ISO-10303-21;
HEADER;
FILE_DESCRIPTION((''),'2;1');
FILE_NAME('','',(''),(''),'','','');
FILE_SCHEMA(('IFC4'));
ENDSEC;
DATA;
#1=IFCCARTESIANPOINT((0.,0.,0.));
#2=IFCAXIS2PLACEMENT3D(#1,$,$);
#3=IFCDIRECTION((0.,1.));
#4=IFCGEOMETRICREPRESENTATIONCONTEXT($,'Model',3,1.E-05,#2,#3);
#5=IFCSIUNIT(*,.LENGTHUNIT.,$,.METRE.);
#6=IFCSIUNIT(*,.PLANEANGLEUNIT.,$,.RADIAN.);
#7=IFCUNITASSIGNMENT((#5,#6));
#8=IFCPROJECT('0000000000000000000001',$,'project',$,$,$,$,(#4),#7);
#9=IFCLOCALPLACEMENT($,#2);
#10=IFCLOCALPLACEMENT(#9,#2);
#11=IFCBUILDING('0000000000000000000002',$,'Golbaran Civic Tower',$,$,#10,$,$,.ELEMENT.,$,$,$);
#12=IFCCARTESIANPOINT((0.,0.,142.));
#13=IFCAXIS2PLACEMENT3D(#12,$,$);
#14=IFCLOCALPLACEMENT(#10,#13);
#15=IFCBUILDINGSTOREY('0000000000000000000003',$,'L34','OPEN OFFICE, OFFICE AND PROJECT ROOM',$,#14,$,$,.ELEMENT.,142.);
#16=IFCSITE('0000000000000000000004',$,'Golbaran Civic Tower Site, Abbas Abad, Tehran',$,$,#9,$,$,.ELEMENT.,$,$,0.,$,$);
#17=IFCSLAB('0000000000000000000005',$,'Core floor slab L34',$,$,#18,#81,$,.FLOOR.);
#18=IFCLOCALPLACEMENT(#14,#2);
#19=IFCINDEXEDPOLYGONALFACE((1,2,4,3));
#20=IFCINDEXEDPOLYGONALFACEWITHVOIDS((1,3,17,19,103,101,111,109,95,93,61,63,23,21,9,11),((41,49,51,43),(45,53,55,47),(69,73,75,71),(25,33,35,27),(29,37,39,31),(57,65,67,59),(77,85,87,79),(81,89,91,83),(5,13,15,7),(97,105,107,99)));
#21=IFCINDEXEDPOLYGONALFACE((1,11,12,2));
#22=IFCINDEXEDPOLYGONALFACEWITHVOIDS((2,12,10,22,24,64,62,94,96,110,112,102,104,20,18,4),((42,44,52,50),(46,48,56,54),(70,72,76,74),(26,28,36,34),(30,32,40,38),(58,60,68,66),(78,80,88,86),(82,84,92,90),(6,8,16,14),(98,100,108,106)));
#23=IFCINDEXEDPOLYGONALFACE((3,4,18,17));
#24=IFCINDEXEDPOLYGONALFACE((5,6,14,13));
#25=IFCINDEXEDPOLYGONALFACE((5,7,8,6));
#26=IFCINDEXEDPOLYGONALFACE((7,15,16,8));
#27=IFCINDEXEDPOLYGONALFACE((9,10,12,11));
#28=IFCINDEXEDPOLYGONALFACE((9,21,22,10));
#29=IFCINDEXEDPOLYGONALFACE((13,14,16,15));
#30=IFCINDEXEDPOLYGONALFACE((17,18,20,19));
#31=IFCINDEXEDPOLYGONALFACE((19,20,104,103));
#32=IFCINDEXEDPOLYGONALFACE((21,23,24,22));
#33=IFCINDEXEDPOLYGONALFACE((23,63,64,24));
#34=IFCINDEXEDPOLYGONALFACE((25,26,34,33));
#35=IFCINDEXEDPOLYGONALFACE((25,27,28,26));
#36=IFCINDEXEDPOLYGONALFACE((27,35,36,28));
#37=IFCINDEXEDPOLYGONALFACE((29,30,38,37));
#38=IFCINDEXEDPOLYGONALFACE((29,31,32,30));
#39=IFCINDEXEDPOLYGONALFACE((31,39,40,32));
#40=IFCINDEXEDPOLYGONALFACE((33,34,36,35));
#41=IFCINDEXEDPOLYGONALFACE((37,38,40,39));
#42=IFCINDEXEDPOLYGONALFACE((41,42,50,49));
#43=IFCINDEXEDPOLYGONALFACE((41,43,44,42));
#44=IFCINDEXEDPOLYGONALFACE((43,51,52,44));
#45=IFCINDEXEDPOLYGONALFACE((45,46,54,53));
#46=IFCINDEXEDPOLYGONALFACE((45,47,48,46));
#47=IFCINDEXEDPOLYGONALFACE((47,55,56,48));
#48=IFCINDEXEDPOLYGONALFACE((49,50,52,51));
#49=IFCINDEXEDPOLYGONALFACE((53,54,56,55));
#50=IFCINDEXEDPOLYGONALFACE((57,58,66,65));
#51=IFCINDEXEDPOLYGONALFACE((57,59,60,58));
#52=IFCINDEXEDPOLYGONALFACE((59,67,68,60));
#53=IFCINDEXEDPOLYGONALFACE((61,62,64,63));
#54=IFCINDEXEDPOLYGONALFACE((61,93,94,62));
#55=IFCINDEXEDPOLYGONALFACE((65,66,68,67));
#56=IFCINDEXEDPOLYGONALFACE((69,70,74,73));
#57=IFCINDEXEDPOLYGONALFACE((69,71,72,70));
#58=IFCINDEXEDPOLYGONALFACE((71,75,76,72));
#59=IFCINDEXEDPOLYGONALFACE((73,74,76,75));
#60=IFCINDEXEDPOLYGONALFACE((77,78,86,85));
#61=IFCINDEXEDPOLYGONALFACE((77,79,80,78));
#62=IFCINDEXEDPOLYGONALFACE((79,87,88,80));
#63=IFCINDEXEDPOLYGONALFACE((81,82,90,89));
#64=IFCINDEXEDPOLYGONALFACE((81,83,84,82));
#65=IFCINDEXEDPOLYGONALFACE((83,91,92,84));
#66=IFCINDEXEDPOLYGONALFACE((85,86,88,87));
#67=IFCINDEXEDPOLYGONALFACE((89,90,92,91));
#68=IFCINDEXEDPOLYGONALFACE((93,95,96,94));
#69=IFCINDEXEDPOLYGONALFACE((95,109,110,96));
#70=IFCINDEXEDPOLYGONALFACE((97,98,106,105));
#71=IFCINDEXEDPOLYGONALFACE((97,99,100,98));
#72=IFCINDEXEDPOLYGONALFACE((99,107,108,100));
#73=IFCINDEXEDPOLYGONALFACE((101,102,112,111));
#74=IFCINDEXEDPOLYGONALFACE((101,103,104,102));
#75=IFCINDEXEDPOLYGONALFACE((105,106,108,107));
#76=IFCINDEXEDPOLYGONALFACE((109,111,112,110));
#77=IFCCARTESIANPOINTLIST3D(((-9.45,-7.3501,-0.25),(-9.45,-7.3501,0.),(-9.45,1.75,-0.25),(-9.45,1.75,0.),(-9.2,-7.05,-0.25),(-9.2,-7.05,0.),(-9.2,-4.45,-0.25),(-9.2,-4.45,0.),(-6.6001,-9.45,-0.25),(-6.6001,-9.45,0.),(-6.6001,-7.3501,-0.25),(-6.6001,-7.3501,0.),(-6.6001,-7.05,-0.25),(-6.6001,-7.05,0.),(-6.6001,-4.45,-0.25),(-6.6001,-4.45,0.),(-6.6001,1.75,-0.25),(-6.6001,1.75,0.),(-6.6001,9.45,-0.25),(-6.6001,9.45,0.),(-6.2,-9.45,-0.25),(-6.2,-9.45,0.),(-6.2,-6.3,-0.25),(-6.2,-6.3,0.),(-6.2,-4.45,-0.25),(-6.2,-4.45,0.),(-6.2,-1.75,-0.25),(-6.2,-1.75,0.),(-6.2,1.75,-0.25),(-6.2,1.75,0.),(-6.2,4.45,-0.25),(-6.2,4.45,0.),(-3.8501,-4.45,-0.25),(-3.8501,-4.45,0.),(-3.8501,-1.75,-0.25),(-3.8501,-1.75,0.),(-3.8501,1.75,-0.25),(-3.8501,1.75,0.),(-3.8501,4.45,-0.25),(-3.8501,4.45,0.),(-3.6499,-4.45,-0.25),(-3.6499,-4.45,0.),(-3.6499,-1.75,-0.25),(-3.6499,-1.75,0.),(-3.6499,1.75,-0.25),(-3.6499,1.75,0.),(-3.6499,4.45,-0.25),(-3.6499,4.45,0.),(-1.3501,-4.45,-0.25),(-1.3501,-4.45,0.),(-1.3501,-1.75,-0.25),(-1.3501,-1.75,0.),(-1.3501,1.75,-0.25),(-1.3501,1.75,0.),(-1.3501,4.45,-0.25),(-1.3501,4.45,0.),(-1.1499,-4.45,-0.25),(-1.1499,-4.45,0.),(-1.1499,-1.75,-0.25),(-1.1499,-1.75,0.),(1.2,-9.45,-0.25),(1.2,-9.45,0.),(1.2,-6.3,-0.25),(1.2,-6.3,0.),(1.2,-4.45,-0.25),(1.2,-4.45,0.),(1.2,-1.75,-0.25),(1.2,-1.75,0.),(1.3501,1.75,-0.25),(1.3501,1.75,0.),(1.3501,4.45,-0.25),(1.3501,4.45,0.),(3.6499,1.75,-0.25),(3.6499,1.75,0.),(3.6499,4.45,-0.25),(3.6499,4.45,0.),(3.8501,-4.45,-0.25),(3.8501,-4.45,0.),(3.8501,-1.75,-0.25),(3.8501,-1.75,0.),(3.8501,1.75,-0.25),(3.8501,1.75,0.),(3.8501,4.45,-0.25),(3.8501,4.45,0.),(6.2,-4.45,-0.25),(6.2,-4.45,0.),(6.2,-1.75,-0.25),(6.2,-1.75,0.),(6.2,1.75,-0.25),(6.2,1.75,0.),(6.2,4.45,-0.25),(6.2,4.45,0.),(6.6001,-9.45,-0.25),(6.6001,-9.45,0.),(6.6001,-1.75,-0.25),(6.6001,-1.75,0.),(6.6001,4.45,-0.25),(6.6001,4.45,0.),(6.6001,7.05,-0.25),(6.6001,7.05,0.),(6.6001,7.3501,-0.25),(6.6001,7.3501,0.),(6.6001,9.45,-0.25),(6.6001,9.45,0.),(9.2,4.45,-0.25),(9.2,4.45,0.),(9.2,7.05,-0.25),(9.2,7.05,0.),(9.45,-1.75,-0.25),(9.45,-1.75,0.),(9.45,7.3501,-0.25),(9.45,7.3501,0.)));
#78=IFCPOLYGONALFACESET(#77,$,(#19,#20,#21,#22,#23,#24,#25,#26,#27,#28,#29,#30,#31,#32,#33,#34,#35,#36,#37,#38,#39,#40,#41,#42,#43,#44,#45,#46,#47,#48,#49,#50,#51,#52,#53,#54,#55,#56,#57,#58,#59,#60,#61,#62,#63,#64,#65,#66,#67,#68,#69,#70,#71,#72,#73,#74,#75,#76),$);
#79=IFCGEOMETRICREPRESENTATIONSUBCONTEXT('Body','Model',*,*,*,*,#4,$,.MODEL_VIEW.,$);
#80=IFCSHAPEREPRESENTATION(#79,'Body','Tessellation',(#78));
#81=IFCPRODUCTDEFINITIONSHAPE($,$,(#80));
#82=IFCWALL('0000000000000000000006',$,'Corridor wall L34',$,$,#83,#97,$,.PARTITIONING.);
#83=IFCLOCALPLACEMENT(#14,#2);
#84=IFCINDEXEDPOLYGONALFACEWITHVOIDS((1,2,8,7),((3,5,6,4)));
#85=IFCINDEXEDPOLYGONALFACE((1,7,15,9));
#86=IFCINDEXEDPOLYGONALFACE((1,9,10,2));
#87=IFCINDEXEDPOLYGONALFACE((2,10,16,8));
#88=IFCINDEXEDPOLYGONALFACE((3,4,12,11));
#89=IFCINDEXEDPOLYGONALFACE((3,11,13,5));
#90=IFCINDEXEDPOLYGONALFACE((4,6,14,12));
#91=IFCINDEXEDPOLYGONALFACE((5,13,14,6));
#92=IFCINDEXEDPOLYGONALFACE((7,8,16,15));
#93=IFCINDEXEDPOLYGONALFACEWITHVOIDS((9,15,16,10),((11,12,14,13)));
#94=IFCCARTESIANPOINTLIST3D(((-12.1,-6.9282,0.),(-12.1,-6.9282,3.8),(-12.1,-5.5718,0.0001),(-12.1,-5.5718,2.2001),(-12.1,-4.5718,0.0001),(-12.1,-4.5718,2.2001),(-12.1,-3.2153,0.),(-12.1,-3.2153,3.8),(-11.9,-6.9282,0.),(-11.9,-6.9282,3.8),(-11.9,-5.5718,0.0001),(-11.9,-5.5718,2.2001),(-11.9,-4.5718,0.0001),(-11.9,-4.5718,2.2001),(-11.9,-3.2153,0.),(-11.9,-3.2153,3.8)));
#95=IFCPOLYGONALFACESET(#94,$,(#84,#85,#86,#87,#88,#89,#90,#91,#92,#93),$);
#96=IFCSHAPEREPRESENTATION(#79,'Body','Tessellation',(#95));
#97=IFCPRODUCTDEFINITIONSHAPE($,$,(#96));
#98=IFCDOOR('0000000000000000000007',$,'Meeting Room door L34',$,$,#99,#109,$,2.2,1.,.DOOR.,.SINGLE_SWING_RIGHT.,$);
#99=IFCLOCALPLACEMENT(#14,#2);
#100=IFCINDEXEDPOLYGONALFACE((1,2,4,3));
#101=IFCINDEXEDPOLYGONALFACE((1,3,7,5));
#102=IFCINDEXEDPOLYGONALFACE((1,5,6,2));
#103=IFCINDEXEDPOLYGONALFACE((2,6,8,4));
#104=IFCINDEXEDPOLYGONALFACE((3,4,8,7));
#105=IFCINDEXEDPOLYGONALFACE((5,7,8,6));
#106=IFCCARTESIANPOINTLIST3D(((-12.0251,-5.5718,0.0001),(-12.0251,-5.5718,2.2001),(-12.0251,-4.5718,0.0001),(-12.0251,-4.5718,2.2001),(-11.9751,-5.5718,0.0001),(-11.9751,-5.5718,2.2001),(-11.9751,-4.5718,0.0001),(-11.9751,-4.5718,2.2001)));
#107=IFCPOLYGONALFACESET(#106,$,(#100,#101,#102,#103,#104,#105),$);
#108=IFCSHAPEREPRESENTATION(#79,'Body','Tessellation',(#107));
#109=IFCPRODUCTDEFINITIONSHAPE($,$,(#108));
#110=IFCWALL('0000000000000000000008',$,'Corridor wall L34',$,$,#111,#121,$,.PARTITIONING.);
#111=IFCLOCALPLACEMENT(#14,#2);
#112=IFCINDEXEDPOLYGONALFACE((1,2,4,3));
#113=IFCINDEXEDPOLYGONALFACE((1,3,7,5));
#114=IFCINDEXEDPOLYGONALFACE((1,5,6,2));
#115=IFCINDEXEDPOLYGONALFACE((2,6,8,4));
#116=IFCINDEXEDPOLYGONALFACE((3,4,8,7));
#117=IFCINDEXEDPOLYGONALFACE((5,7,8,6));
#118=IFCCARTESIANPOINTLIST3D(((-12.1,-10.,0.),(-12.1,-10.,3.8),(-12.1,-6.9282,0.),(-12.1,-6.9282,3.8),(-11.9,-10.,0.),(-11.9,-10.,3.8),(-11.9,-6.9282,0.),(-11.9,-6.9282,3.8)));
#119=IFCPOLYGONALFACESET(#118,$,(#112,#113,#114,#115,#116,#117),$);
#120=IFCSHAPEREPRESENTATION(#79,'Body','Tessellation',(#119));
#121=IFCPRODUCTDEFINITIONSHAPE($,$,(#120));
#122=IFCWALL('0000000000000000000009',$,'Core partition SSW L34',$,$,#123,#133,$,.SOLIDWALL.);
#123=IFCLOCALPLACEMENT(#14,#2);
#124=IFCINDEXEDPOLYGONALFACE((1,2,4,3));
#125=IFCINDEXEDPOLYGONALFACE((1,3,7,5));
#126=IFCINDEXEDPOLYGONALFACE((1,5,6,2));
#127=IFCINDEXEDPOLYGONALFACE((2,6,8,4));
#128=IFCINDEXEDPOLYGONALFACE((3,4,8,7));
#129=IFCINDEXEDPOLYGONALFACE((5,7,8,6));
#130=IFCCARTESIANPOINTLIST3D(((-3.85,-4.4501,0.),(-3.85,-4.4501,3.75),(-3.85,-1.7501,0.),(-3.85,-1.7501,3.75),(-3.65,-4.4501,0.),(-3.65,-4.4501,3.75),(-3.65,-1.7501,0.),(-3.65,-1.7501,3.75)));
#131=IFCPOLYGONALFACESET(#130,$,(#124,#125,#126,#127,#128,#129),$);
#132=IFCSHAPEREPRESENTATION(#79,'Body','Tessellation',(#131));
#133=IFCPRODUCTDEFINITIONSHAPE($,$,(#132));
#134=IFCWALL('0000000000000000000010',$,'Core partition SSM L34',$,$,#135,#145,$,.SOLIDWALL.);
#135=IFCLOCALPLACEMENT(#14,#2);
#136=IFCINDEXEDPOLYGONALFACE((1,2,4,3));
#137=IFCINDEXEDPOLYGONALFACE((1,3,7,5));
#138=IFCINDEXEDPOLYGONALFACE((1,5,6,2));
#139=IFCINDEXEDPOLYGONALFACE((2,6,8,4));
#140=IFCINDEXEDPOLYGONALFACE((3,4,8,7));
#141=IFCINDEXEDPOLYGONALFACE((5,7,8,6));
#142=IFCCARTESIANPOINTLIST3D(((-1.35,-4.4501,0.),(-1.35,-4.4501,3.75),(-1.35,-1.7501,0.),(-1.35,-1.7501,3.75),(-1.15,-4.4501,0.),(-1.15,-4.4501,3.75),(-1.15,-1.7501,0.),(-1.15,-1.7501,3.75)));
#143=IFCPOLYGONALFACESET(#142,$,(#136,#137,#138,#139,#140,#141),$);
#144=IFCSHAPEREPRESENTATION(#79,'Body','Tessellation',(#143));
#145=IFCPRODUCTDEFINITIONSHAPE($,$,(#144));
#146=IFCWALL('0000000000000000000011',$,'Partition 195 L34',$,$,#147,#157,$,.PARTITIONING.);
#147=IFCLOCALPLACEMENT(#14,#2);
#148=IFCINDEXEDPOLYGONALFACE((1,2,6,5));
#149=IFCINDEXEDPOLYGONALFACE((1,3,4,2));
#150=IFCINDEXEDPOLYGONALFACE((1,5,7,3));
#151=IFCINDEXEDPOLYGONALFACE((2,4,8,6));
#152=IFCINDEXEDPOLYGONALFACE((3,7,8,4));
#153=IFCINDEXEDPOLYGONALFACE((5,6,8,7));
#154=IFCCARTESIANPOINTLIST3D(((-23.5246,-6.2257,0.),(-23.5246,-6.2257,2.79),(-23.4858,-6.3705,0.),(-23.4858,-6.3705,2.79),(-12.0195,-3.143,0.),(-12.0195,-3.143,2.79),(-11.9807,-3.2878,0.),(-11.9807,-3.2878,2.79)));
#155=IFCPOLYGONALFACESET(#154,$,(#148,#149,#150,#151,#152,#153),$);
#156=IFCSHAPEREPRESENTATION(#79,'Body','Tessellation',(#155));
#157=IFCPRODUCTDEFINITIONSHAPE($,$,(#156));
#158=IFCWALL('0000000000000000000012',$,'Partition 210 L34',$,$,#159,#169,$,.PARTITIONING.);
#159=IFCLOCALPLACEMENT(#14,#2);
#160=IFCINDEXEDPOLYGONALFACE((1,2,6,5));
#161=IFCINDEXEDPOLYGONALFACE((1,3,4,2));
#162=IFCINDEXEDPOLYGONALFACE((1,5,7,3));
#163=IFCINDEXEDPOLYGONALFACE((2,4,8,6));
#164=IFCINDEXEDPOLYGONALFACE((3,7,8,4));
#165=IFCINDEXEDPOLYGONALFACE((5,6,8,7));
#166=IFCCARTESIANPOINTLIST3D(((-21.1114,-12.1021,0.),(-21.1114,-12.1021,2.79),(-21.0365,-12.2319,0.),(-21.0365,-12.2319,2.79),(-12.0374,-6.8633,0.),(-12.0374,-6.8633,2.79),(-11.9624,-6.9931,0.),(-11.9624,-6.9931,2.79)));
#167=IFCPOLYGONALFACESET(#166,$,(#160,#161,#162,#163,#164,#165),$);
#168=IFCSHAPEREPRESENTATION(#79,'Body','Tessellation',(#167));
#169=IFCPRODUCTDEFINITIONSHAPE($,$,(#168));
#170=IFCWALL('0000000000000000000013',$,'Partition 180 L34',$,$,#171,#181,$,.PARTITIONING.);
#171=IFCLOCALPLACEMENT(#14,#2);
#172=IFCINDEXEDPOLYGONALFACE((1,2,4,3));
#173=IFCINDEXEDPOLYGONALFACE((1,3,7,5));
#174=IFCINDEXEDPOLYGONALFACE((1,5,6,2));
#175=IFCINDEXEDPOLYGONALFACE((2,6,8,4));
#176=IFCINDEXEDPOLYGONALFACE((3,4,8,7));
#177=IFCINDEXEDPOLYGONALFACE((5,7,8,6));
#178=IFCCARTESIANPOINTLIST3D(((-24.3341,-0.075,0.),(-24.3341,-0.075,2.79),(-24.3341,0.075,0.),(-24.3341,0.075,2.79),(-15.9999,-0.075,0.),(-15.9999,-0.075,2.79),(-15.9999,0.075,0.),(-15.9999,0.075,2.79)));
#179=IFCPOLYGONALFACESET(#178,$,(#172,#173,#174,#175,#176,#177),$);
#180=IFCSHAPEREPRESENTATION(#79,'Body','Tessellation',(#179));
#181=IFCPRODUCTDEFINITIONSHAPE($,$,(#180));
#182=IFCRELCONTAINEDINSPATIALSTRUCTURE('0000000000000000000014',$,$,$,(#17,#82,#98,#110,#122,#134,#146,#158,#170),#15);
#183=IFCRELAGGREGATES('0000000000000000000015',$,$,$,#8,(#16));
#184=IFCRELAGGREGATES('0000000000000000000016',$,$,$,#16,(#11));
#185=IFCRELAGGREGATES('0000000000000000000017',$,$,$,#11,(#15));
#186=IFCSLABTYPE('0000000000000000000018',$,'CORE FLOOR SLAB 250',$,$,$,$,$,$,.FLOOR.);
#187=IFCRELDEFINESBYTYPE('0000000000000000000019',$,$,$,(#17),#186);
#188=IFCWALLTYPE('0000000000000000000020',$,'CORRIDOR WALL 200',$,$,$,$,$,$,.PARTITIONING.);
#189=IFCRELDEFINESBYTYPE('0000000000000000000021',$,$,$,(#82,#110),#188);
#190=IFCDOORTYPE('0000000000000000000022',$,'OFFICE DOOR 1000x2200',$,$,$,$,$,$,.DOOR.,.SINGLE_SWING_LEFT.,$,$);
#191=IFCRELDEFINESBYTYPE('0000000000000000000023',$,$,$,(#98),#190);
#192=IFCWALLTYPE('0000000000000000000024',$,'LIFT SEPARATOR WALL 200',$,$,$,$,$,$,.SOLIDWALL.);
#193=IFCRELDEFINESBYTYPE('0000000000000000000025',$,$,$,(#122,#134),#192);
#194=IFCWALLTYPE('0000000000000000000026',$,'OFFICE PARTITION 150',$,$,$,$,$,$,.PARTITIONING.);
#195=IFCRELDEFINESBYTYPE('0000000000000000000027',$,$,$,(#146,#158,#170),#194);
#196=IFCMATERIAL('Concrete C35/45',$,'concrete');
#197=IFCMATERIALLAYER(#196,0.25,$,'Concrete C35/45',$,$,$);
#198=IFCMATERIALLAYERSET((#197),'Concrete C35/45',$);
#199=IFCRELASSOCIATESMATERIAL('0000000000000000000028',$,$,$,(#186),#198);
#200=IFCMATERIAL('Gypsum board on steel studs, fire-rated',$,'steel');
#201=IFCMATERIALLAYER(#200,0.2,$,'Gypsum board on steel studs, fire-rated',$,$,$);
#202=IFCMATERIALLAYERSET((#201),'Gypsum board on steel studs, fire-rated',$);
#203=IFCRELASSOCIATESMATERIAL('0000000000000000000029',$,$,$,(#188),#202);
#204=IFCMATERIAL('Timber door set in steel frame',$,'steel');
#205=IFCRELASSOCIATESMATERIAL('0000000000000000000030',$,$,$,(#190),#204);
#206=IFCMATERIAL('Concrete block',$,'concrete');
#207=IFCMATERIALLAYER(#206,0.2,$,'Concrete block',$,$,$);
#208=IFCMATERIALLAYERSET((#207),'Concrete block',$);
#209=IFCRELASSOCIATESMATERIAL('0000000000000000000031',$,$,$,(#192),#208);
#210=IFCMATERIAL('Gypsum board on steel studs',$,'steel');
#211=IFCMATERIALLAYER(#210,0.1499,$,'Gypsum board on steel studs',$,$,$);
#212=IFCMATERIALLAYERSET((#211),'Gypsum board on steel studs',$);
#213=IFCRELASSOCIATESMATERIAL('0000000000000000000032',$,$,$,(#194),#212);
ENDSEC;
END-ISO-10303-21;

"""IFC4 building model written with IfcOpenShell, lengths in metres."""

from ifc_helpers import new_model, si_unit, direction, frame, frame_2d, origin, place, context, subcontext, project, spatial, polyline, rectangle, outline, extrude, material, layer, layer_set, type_object, element, fill, save


model = new_model("IFC4")

# Units and contexts
model_context = context("Model", 3, precision=1e-05, world=origin(), true_north=direction((0.0, 1.0)))
body_context = subcontext(model_context, "Body", "Model", "MODEL_VIEW")
ifc_project = project(units=[si_unit("LENGTHUNIT", "METRE"), si_unit("PLANEANGLEUNIT", "RADIAN")], contexts=[model_context])

# Site, building, storey
site_placement = place(None, origin())
site = spatial("IfcSite", under=ifc_project, at=site_placement, Name="Golbaran Civic Tower Site, Abbas Abad, Tehran", CompositionType="ELEMENT", RefElevation=0.0)
building_placement = place(site_placement, origin())
building = spatial("IfcBuilding", under=site, at=building_placement, Name="Golbaran Civic Tower", CompositionType="ELEMENT")
storey_placement = place(building_placement, frame((0.0, 0.0, 142.0)))
storey = spatial("IfcBuildingStorey", under=building, at=storey_placement, Name="L34", Description="OPEN OFFICE, OFFICE AND PROJECT ROOM", CompositionType="ELEMENT", Elevation=142.0)

# Slab
ifc_material_1 = material(Name="Concrete C35/45", Category="concrete")
ifc_layer_1 = layer(ifc_material_1, 0.25, Name="Concrete C35/45")
ifc_layer_set_1 = layer_set([ifc_layer_1], Name="Concrete C35/45")
slab_type_1 = type_object("IfcSlabType", Name="CORE FLOOR SLAB 250", PredefinedType="FLOOR", material=ifc_layer_set_1)
slab_1_placement = place(storey_placement, frame((0.0, 0.0, -0.25)))
element("IfcSlab", 1, at=slab_1_placement, inside=storey, type_object=slab_type_1, Name="Core floor slab L34", PredefinedType="FLOOR", context=body_context, shape_type="SweptSolid", body=[
    extrude(outline(polyline([(6.6001, -1.75), (6.6001, -9.45), (1.2, -9.45), (1.2, -6.3), (-6.2, -6.3), (-6.2, -9.45), (-6.6001, -9.45), (-6.6001, -7.3501), (-9.45, -7.3501), (-9.45, 1.75), (-6.6001, 1.75), (-6.6001, 9.45), (6.6001, 9.45), (6.6001, 7.3501), (9.45, 7.3501), (9.45, -1.75), (6.6001, -1.75)]), holes=[polyline([(9.2, 7.05), (6.6001, 7.05), (6.6001, 4.45), (9.2, 4.45), (9.2, 7.05)]), polyline([(6.2, -1.75), (3.8501, -1.75), (3.8501, -4.45), (6.2, -4.45), (6.2, -1.75)]), polyline([(6.2, 4.45), (3.8501, 4.45), (3.8501, 1.75), (6.2, 1.75), (6.2, 4.45)]), polyline([(3.6499, 4.45), (1.3501, 4.45), (1.3501, 1.75), (3.6499, 1.75), (3.6499, 4.45)]), polyline([(1.2, -1.75), (-1.1499, -1.75), (-1.1499, -4.45), (1.2, -4.45), (1.2, -1.75)]), polyline([(-1.3501, 4.45), (-3.6499, 4.45), (-3.6499, 1.75), (-1.3501, 1.75), (-1.3501, 4.45)]), polyline([(-1.3501, -1.75), (-3.6499, -1.75), (-3.6499, -4.45), (-1.3501, -4.45), (-1.3501, -1.75)]), polyline([(-3.8501, -1.75), (-6.2, -1.75), (-6.2, -4.45), (-3.8501, -4.45), (-3.8501, -1.75)]), polyline([(-3.8501, 4.45), (-6.2, 4.45), (-6.2, 1.75), (-3.8501, 1.75), (-3.8501, 4.45)]), polyline([(-6.6001, -4.45), (-9.2, -4.45), (-9.2, -7.05), (-6.6001, -7.05), (-6.6001, -4.45)])]), origin(), (0.0, 0.0, 1.0), 0.25),
])

# Wall, opening, door
ifc_material_2 = material(Name="Gypsum board on steel studs, fire-rated", Category="steel")
ifc_layer_2 = layer(ifc_material_2, 0.2, Name="Gypsum board on steel studs, fire-rated")
ifc_layer_set_2 = layer_set([ifc_layer_2], Name="Gypsum board on steel studs, fire-rated")
wall_type_1 = type_object("IfcWallType", Name="CORRIDOR WALL 200", PredefinedType="PARTITIONING", material=ifc_layer_set_2)
wall_1_placement = place(storey_placement, frame((-12.0, -3.2153, 0.0), z_axis=(0.0, 0.0, 1.0), x_axis=(0.0, -1.0, 0.0)))
wall_1 = element("IfcWall", 2, at=wall_1_placement, inside=storey, type_object=wall_type_1, Name="Corridor wall L34", PredefinedType="PARTITIONING", context=body_context, shape_type="SweptSolid", body=[
    extrude(rectangle(XDim=3.7129, YDim=0.2, at=frame_2d((1.8564, 0.0))), origin(), (0.0, 0.0, 1.0), 3.8),
])
opening_1_placement = place(wall_1_placement, frame((1.3564, 0.0, 0.0)))
opening_1 = element("IfcOpeningElement", 3, at=opening_1_placement, cuts=wall_1, PredefinedType="OPENING", context=body_context, shape_type="SweptSolid", body=[
    extrude(rectangle(XDim=1.0, YDim=2.2, at=frame_2d((0.5, 1.1001))), frame((0.0, 0.1099, 0.0), z_axis=(0.0, -1.0, 0.0), x_axis=(1.0, 0.0, 0.0)), (0.0, 0.0, 1.0), 0.22),
])
ifc_material_3 = material(Name="Timber door set in steel frame", Category="steel")
door_type_1 = type_object("IfcDoorType", Name="OFFICE DOOR 1000x2200", OperationType="SINGLE_SWING_LEFT", PredefinedType="DOOR", material=ifc_material_3)
door_1_placement = place(opening_1_placement, origin())
door_1 = element("IfcDoor", 4, at=door_1_placement, inside=storey, type_object=door_type_1, Name="Meeting Room door L34", OperationType="SINGLE_SWING_RIGHT", OverallHeight=2.2, OverallWidth=1.0, PredefinedType="DOOR", context=body_context, shape_type="SweptSolid", body=[
    extrude(rectangle(XDim=1.0, YDim=2.2, at=frame_2d((0.5, 1.1001))), frame((0.0, 0.0249, 0.0), z_axis=(0.0, -1.0, 0.0), x_axis=(1.0, 0.0, 0.0)), (0.0, 0.0, 1.0), 0.05),
])
fill(opening_1, door_1)

# Walls
wall_2_placement = place(storey_placement, frame((-12.0, -6.9282, 0.0), z_axis=(0.0, 0.0, 1.0), x_axis=(0.0, -1.0, 0.0)))
element("IfcWall", 5, at=wall_2_placement, inside=storey, type_object=wall_type_1, Name="Corridor wall L34", PredefinedType="PARTITIONING", context=body_context, shape_type="SweptSolid", body=[
    extrude(rectangle(XDim=3.0718, YDim=0.2, at=frame_2d((1.5359, 0.0))), origin(), (0.0, 0.0, 1.0), 3.8),
])
ifc_material_4 = material(Name="Concrete block", Category="concrete")
ifc_layer_3 = layer(ifc_material_4, 0.2, Name="Concrete block")
ifc_layer_set_3 = layer_set([ifc_layer_3], Name="Concrete block")
wall_type_2 = type_object("IfcWallType", Name="LIFT SEPARATOR WALL 200", PredefinedType="SOLIDWALL", material=ifc_layer_set_3)
for number, where, z_axis, x_axis, name in (
    (6, (-3.75, -1.75, 0.0), (0.0, 0.0, 1.0), (0.0, -1.0, 0.0), "Core partition SSW L34"),
    (7, (-1.25, -1.75, 0.0), (0.0, 0.0, 1.0), (0.0, -1.0, 0.0), "Core partition SSM L34"),
):
    element("IfcWall", number, at=place(storey_placement, frame(where, z_axis=z_axis, x_axis=x_axis)), inside=storey, type_object=wall_type_2, Name=name, PredefinedType="SOLIDWALL", context=body_context, shape_type="SweptSolid", body=[
        extrude(rectangle(XDim=2.7, YDim=0.2, at=frame_2d((1.3501, 0.0))), origin(), (0.0, 0.0, 1.0), 3.75),
    ])
ifc_material_5 = material(Name="Gypsum board on steel studs", Category="steel")
ifc_layer_4 = layer(ifc_material_5, 0.1499, Name="Gypsum board on steel studs")
ifc_layer_set_4 = layer_set([ifc_layer_4], Name="Gypsum board on steel studs")
wall_type_3 = type_object("IfcWallType", Name="OFFICE PARTITION 150", PredefinedType="PARTITIONING", material=ifc_layer_set_4)
wall_3_placement = place(storey_placement, frame((-12.0, -3.2153, 0.0), z_axis=(0.0, 0.0, 1.0), x_axis=(-0.965926, -0.258817, 0.0)))
element("IfcWall", 8, at=wall_3_placement, inside=storey, type_object=wall_type_3, Name="Partition 195 L34", PredefinedType="PARTITIONING", context=body_context, shape_type="SweptSolid", body=[
    extrude(rectangle(XDim=11.9109, YDim=0.1499, at=frame_2d((5.9556, 0.0))), origin(), (0.0, 0.0, 1.0), 2.79),
])
wall_4_placement = place(storey_placement, frame((-12.0, -6.9282, 0.0), z_axis=(0.0, 0.0, 1.0), x_axis=(-0.866029, -0.499993, 0.0)))
element("IfcWall", 9, at=wall_4_placement, inside=storey, type_object=wall_type_3, Name="Partition 210 L34", PredefinedType="PARTITIONING", context=body_context, shape_type="SweptSolid", body=[
    extrude(rectangle(XDim=10.4778, YDim=0.1499, at=frame_2d((5.2388, 0.0))), origin(), (0.0, 0.0, 1.0), 2.79),
])
wall_5_placement = place(storey_placement, frame((-16.0, 0.0, 0.0), z_axis=(0.0, 0.0, 1.0), x_axis=(-1.0, 0.0, 0.0)))
element("IfcWall", 10, at=wall_5_placement, inside=storey, type_object=wall_type_3, Name="Partition 180 L34", PredefinedType="PARTITIONING", context=body_context, shape_type="SweptSolid", body=[
    extrude(rectangle(XDim=8.3342, YDim=0.1499, at=frame_2d((4.167, 0.0))), origin(), (0.0, 0.0, 1.0), 2.79),
])

save(model, "model.ifc")
